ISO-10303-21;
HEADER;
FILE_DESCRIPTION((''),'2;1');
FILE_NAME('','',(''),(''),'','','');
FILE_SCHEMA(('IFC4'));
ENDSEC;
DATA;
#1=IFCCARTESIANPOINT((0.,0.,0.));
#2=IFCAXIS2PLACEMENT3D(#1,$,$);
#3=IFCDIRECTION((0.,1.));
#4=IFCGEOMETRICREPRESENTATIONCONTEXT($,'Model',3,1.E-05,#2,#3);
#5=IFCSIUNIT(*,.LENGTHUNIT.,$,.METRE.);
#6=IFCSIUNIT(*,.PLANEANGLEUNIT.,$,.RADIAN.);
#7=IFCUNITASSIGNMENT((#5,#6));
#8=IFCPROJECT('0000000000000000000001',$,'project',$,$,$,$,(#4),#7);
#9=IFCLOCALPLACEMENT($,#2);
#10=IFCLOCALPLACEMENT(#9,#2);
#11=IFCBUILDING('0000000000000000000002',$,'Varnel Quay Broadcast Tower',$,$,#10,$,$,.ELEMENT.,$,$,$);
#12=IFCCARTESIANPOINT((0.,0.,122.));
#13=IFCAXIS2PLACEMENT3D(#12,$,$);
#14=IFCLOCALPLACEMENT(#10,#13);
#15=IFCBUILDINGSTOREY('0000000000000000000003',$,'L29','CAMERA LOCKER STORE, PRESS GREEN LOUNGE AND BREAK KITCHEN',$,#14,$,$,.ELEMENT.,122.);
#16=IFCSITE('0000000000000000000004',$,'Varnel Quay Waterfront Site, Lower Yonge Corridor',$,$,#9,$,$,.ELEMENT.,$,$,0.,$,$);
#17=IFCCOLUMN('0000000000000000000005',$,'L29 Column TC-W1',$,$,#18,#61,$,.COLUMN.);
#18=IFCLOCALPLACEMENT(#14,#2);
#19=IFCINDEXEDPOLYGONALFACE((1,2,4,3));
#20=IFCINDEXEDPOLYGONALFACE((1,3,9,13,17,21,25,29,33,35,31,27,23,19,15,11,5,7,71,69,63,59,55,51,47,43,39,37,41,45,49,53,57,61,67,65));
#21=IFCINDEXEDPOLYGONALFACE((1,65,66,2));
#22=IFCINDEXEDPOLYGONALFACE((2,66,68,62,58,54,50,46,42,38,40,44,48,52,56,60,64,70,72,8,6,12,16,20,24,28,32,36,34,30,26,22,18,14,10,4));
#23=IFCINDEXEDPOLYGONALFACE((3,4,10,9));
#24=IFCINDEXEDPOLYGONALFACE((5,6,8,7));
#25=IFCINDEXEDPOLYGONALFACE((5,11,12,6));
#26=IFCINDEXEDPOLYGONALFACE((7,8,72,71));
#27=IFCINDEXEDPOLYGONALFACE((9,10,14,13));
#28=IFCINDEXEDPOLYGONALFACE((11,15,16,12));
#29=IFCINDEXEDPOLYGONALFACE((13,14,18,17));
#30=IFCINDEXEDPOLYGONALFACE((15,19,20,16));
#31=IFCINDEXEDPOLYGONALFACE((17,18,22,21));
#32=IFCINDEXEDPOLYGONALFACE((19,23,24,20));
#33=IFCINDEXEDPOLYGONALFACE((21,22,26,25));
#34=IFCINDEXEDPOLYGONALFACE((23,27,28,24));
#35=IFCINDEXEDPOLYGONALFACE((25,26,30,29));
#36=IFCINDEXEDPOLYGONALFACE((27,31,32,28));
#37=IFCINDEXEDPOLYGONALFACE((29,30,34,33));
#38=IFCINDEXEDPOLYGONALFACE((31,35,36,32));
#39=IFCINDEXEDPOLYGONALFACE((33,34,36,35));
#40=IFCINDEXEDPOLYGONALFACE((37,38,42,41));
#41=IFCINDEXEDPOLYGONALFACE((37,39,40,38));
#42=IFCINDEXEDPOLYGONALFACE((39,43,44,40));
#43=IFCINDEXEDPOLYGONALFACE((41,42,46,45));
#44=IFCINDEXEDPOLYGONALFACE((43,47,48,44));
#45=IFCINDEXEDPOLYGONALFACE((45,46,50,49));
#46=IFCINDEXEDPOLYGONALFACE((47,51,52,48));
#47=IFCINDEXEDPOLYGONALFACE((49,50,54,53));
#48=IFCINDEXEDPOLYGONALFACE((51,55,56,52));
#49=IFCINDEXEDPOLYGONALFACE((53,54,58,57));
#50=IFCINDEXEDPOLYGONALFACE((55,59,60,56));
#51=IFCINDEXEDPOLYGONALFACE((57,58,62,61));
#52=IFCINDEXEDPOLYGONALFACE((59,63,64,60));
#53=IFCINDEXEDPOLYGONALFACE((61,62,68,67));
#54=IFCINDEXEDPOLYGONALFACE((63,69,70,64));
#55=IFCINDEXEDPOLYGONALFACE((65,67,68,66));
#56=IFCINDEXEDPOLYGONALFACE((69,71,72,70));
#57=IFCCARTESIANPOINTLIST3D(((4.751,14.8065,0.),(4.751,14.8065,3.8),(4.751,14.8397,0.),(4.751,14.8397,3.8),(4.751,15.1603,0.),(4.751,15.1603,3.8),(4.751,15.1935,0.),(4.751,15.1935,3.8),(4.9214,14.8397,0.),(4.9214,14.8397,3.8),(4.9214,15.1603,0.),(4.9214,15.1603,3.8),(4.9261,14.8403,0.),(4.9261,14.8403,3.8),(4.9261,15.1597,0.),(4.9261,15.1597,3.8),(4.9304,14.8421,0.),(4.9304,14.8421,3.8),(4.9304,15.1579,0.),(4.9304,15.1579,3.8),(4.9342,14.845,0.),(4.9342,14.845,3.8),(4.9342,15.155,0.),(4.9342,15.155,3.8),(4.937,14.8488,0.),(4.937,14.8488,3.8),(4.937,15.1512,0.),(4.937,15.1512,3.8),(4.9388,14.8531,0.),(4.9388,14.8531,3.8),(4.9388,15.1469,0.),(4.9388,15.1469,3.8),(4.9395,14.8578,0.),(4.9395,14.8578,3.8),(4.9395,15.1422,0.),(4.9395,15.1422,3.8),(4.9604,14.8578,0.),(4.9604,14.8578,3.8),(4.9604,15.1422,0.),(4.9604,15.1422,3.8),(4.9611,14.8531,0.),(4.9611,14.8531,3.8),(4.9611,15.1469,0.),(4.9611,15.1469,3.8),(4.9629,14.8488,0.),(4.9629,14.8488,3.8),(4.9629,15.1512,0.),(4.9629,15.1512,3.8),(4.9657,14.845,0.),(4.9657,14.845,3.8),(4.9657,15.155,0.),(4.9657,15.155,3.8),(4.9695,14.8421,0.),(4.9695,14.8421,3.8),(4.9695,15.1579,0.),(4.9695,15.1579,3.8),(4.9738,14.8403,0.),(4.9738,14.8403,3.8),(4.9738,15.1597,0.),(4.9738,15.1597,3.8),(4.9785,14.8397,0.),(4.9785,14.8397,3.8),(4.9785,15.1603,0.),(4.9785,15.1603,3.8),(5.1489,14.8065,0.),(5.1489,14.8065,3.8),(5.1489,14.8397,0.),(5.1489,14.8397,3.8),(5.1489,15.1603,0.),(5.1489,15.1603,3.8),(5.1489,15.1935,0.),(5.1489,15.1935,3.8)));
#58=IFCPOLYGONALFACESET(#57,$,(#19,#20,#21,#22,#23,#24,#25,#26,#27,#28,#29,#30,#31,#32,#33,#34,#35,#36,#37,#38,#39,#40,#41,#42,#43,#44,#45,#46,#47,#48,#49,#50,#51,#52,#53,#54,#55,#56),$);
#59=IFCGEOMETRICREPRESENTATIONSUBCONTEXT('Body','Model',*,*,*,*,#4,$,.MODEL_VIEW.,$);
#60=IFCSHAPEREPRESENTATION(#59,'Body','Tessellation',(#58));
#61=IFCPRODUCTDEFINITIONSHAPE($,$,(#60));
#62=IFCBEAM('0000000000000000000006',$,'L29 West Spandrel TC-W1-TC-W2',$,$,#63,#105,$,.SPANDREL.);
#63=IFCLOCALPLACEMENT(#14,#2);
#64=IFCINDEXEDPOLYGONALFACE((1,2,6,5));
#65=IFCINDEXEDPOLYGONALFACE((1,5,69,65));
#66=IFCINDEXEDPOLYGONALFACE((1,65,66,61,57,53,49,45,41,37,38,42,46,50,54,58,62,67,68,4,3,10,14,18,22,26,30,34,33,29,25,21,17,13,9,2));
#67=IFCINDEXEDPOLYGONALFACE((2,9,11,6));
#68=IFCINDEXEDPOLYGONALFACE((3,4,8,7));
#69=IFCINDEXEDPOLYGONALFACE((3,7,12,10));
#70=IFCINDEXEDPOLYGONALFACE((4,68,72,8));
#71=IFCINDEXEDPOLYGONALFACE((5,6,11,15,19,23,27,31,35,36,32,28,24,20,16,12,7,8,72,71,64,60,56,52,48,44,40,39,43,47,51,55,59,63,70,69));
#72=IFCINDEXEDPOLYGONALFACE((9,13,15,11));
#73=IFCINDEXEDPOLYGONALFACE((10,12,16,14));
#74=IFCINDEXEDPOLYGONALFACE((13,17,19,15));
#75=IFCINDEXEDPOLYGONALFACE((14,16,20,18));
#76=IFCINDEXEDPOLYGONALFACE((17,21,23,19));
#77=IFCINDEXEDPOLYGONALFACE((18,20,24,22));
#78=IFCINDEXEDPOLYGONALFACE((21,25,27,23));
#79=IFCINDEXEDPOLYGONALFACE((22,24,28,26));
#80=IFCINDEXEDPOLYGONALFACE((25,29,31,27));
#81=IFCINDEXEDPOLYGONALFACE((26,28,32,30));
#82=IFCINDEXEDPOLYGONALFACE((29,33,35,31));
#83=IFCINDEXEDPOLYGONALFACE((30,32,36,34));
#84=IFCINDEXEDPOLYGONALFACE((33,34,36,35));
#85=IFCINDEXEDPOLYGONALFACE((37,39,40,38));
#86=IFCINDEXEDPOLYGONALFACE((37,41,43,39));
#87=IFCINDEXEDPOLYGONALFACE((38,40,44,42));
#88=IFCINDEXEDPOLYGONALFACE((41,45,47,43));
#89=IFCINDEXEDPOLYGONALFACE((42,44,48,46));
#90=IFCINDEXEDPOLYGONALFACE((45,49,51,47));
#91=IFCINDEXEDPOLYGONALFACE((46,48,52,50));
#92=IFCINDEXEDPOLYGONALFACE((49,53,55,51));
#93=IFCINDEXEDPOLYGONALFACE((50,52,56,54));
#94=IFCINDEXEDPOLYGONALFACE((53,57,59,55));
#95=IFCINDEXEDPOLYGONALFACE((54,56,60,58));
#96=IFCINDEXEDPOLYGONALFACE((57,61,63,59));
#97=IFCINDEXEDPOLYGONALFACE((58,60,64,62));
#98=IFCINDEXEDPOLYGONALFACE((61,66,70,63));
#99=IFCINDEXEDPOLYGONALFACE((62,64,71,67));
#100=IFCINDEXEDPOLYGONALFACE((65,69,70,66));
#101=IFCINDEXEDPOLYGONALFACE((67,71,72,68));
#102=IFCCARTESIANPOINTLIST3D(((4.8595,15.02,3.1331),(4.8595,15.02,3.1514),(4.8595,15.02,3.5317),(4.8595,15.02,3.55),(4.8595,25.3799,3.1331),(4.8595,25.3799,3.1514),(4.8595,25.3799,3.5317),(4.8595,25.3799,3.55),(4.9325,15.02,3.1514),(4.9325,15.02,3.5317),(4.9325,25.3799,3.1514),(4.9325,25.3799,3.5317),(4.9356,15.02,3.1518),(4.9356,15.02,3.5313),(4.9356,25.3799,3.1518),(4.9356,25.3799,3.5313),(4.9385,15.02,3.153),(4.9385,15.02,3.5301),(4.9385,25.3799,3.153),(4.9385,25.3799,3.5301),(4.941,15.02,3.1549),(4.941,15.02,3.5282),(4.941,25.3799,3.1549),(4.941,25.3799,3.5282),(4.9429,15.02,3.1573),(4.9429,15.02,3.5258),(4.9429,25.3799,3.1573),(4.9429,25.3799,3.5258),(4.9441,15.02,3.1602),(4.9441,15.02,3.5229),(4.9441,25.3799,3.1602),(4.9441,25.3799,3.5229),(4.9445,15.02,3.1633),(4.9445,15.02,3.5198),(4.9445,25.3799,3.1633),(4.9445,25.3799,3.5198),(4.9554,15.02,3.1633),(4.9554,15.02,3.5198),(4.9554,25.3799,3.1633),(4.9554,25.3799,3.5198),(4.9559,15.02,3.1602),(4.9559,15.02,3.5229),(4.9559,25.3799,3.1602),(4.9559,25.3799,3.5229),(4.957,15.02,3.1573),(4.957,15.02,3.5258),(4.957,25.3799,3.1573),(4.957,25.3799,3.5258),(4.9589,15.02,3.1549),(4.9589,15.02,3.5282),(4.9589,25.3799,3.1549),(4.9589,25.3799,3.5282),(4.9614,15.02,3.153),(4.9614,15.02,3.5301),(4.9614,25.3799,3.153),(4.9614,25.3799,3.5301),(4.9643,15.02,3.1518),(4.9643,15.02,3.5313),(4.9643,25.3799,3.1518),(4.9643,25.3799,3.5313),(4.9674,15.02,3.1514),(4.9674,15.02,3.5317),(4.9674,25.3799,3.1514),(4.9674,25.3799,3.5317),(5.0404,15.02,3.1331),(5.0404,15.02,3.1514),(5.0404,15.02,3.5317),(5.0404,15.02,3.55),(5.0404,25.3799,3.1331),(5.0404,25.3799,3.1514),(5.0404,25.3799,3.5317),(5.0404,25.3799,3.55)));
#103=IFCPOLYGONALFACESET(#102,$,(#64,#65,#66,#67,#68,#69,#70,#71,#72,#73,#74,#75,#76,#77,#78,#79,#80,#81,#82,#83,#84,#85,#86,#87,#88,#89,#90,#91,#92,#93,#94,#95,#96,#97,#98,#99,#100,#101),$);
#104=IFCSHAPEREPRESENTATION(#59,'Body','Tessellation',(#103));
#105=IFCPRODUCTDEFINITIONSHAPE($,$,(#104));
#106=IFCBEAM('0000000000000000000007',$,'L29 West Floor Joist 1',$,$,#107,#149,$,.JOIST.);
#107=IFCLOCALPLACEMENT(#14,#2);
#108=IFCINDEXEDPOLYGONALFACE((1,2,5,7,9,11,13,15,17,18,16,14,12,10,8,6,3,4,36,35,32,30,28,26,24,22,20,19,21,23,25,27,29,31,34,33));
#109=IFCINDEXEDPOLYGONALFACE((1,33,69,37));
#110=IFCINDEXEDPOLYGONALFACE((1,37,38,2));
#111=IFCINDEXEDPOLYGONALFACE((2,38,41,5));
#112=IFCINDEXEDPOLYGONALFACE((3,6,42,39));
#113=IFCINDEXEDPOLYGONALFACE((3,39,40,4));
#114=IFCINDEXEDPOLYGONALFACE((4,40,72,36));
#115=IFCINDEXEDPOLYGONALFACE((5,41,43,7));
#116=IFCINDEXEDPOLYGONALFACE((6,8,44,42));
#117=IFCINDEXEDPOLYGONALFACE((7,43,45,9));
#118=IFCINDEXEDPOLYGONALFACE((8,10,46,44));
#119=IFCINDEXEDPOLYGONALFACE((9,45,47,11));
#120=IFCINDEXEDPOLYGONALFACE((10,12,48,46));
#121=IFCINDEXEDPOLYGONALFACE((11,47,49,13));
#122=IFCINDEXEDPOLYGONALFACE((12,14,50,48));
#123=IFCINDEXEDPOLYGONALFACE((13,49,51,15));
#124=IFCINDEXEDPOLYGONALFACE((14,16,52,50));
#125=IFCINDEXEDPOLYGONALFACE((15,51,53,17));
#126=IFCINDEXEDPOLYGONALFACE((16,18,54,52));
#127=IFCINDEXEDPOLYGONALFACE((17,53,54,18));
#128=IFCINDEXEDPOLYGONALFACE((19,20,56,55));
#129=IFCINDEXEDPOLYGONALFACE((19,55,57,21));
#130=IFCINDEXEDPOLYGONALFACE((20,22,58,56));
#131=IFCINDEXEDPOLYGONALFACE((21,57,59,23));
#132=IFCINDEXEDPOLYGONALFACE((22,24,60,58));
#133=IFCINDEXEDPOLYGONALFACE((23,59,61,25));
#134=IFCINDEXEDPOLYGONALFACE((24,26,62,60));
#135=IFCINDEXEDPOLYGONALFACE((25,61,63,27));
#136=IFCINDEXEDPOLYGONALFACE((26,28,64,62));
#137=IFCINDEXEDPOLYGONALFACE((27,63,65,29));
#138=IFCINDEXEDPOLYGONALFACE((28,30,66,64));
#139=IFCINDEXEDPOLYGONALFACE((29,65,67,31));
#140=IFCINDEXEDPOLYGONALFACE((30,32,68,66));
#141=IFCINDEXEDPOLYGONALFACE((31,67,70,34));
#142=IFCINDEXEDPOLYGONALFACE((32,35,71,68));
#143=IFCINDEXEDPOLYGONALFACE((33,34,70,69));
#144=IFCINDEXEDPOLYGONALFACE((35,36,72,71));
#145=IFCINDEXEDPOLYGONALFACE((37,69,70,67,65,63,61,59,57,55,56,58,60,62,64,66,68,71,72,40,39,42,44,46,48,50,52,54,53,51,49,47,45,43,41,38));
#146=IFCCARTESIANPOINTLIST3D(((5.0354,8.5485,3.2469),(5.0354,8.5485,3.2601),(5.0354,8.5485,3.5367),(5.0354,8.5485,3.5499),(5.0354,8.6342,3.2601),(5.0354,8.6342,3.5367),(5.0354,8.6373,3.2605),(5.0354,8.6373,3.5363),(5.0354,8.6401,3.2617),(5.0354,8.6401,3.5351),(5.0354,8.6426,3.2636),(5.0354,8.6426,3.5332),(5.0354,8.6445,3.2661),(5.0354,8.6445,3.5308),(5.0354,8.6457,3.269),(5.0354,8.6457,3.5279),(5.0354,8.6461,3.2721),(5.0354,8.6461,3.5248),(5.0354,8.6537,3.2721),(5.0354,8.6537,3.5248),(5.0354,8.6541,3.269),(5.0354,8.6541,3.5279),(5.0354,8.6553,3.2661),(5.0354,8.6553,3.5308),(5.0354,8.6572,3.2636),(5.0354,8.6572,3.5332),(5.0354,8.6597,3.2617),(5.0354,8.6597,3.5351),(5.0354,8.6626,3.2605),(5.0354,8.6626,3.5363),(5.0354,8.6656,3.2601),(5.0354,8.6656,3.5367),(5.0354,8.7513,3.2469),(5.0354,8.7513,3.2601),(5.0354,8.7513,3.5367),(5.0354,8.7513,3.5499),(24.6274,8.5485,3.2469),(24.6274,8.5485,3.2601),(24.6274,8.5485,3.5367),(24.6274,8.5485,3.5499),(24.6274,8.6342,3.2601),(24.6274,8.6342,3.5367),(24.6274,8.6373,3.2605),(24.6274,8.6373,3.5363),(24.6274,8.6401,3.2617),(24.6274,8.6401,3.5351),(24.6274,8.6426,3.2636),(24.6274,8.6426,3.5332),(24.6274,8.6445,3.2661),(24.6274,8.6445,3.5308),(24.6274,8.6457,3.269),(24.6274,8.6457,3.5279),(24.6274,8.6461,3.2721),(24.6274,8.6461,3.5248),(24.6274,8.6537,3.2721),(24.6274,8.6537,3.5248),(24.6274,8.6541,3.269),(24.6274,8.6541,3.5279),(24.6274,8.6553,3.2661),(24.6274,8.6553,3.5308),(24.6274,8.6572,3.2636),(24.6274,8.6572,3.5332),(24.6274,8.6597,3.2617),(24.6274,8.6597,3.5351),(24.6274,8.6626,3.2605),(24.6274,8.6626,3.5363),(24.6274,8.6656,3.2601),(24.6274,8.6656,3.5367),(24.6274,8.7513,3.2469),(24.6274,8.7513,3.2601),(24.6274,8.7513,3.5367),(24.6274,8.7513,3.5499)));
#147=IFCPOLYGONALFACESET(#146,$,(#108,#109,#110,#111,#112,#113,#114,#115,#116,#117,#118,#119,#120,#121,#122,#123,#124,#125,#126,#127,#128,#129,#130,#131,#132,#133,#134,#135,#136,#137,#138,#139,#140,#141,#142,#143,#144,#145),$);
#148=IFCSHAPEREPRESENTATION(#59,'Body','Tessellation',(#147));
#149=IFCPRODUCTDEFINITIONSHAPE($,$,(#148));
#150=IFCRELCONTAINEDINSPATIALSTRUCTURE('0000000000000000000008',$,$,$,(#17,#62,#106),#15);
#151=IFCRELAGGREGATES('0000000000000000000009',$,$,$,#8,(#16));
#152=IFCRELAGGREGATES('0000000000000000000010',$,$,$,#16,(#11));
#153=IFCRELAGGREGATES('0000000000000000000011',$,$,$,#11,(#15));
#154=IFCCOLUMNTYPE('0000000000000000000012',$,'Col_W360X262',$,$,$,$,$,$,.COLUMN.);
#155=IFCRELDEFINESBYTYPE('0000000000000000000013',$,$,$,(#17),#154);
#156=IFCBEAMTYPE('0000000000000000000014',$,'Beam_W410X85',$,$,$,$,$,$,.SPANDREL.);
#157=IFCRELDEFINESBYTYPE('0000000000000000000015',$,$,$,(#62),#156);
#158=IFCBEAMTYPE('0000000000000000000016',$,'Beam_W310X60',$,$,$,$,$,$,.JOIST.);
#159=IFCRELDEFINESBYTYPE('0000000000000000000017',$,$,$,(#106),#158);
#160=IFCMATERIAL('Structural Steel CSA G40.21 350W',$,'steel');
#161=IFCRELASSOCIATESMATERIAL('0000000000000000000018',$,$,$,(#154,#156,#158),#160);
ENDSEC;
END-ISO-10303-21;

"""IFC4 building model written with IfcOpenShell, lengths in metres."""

from ifc_helpers import new_model, si_unit, direction, frame, origin, origin_2d, place, context, subcontext, project, spatial, i_section, extrude, source, transform, mapped, material, material_profile, profile_set, type_object, type_shapes, element, save


model = new_model("IFC4")

# Units and contexts
model_context = context("Model", 3, precision=1e-05, world=origin(), true_north=direction((0.0, 1.0)))
body_context = subcontext(model_context, "Body", "Model", "MODEL_VIEW")
ifc_project = project(units=[si_unit("LENGTHUNIT", "METRE"), si_unit("PLANEANGLEUNIT", "RADIAN")], contexts=[model_context])

# Site, building, storey
site_placement = place(None, origin())
site = spatial("IfcSite", under=ifc_project, at=site_placement, Name="Varnel Quay Waterfront Site, Lower Yonge Corridor", CompositionType="ELEMENT", RefElevation=0.0)
building_placement = place(site_placement, origin())
building = spatial("IfcBuilding", under=site, at=building_placement, Name="Varnel Quay Broadcast Tower", CompositionType="ELEMENT")
storey_placement = place(building_placement, frame((0.0, 0.0, 122.0)))
storey = spatial("IfcBuildingStorey", under=building, at=storey_placement, Name="L29", Description="CAMERA LOCKER STORE, PRESS GREEN LOUNGE AND BREAK KITCHEN", CompositionType="ELEMENT", Elevation=122.0)

# Column
ifc_material_1 = material(Name="Structural Steel CSA G40.21 350W", Category="steel")
ifc_material_profile_1 = material_profile(ifc_material_1, i_section(OverallWidth=0.3979, OverallDepth=0.387, WebThickness=0.021, FlangeThickness=0.0332, FilletRadius=0.0181, at=origin_2d()), Name="W360X262")
ifc_profile_set_1 = profile_set([ifc_material_profile_1], Name="Structural Steel CSA G40.21 350W")
column_type = type_object("IfcColumnType", Name="Col_W360X262", PredefinedType="COLUMN", material=ifc_profile_set_1)
shared_shape_1 = source(origin(), body_context, "Body", "SweptSolid", [
    extrude(i_section(OverallWidth=0.3979, OverallDepth=0.387, WebThickness=0.021, FlangeThickness=0.0332, FilletRadius=0.0181, at=origin_2d()), origin(), (0.0, 0.0, 1.0), 3.8),
])
type_shapes(column_type, [shared_shape_1])
column_placement = place(storey_placement, frame((4.95, 15.0, 0.0), z_axis=(0.0, 0.0, 1.0), x_axis=(1.0, 0.0, 0.0)))
element("IfcColumn", 1, at=column_placement, inside=storey, type_object=column_type, Name="L29 Column TC-W1", PredefinedType="COLUMN", context=body_context, shape_type="MappedRepresentation", body=[
    mapped(shared_shape_1, transform((0.0, 0.0, 0.0), x_axis=(1.0, 0.0, 0.0), y_axis=(0.0, 1.0, 0.0), z_axis=(0.0, 0.0, 1.0), scale=1.0)),
])

# Beams
ifc_material_profile_2 = material_profile(ifc_material_1, i_section(OverallWidth=0.1809, OverallDepth=0.417, WebThickness=0.011, FlangeThickness=0.0183, FilletRadius=0.012, at=origin_2d()), Name="W410X85")
ifc_profile_set_2 = profile_set([ifc_material_profile_2], Name="Structural Steel CSA G40.21 350W")
beam_type_1 = type_object("IfcBeamType", Name="Beam_W410X85", PredefinedType="SPANDREL", material=ifc_profile_set_2)
shared_shape_2 = source(origin(), body_context, "Body", "SweptSolid", [
    extrude(i_section(OverallWidth=0.1809, OverallDepth=0.417, WebThickness=0.011, FlangeThickness=0.0183, FilletRadius=0.012, at=origin_2d()), origin(), (0.0, 0.0, 1.0), 10.3599),
])
type_shapes(beam_type_1, [shared_shape_2])
beam_1_placement = place(storey_placement, frame((4.95, 15.02, 3.3416), z_axis=(0.0, 1.0, 0.0), x_axis=(-1.0, 0.0, 0.0)))
element("IfcBeam", 2, at=beam_1_placement, inside=storey, type_object=beam_type_1, Name="L29 West Spandrel TC-W1-TC-W2", PredefinedType="SPANDREL", context=body_context, shape_type="MappedRepresentation", body=[
    mapped(shared_shape_2, transform((0.0, 0.0, 0.0), x_axis=(1.0, 0.0, 0.0), y_axis=(0.0, 1.0, 0.0), z_axis=(0.0, 0.0, 1.0), scale=1.0)),
])
ifc_material_profile_3 = material_profile(ifc_material_1, i_section(OverallWidth=0.2029, OverallDepth=0.303, WebThickness=0.0076, FlangeThickness=0.0132, FilletRadius=0.012, at=origin_2d()), Name="W310X60")
ifc_profile_set_3 = profile_set([ifc_material_profile_3], Name="Structural Steel CSA G40.21 350W")
beam_type_2 = type_object("IfcBeamType", Name="Beam_W310X60", PredefinedType="JOIST", material=ifc_profile_set_3)
shared_shape_3 = source(origin(), body_context, "Body", "SweptSolid", [
    extrude(i_section(OverallWidth=0.2029, OverallDepth=0.303, WebThickness=0.0076, FlangeThickness=0.0132, FilletRadius=0.012, at=origin_2d()), origin(), (0.0, 0.0, 1.0), 19.592),
])
type_shapes(beam_type_2, [shared_shape_3])
beam_2_placement = place(storey_placement, frame((5.0354, 8.6499, 3.3984), z_axis=(1.0, 0.0, 0.0), x_axis=(0.0, 1.0, 0.0)))
element("IfcBeam", 3, at=beam_2_placement, inside=storey, type_object=beam_type_2, Name="L29 West Floor Joist 1", PredefinedType="JOIST", context=body_context, shape_type="MappedRepresentation", body=[
    mapped(shared_shape_3, transform((0.0, 0.0, 0.0), x_axis=(1.0, 0.0, 0.0), y_axis=(0.0, 1.0, 0.0), z_axis=(0.0, 0.0, 1.0), scale=1.0)),
])

save(model, "model.ifc")
